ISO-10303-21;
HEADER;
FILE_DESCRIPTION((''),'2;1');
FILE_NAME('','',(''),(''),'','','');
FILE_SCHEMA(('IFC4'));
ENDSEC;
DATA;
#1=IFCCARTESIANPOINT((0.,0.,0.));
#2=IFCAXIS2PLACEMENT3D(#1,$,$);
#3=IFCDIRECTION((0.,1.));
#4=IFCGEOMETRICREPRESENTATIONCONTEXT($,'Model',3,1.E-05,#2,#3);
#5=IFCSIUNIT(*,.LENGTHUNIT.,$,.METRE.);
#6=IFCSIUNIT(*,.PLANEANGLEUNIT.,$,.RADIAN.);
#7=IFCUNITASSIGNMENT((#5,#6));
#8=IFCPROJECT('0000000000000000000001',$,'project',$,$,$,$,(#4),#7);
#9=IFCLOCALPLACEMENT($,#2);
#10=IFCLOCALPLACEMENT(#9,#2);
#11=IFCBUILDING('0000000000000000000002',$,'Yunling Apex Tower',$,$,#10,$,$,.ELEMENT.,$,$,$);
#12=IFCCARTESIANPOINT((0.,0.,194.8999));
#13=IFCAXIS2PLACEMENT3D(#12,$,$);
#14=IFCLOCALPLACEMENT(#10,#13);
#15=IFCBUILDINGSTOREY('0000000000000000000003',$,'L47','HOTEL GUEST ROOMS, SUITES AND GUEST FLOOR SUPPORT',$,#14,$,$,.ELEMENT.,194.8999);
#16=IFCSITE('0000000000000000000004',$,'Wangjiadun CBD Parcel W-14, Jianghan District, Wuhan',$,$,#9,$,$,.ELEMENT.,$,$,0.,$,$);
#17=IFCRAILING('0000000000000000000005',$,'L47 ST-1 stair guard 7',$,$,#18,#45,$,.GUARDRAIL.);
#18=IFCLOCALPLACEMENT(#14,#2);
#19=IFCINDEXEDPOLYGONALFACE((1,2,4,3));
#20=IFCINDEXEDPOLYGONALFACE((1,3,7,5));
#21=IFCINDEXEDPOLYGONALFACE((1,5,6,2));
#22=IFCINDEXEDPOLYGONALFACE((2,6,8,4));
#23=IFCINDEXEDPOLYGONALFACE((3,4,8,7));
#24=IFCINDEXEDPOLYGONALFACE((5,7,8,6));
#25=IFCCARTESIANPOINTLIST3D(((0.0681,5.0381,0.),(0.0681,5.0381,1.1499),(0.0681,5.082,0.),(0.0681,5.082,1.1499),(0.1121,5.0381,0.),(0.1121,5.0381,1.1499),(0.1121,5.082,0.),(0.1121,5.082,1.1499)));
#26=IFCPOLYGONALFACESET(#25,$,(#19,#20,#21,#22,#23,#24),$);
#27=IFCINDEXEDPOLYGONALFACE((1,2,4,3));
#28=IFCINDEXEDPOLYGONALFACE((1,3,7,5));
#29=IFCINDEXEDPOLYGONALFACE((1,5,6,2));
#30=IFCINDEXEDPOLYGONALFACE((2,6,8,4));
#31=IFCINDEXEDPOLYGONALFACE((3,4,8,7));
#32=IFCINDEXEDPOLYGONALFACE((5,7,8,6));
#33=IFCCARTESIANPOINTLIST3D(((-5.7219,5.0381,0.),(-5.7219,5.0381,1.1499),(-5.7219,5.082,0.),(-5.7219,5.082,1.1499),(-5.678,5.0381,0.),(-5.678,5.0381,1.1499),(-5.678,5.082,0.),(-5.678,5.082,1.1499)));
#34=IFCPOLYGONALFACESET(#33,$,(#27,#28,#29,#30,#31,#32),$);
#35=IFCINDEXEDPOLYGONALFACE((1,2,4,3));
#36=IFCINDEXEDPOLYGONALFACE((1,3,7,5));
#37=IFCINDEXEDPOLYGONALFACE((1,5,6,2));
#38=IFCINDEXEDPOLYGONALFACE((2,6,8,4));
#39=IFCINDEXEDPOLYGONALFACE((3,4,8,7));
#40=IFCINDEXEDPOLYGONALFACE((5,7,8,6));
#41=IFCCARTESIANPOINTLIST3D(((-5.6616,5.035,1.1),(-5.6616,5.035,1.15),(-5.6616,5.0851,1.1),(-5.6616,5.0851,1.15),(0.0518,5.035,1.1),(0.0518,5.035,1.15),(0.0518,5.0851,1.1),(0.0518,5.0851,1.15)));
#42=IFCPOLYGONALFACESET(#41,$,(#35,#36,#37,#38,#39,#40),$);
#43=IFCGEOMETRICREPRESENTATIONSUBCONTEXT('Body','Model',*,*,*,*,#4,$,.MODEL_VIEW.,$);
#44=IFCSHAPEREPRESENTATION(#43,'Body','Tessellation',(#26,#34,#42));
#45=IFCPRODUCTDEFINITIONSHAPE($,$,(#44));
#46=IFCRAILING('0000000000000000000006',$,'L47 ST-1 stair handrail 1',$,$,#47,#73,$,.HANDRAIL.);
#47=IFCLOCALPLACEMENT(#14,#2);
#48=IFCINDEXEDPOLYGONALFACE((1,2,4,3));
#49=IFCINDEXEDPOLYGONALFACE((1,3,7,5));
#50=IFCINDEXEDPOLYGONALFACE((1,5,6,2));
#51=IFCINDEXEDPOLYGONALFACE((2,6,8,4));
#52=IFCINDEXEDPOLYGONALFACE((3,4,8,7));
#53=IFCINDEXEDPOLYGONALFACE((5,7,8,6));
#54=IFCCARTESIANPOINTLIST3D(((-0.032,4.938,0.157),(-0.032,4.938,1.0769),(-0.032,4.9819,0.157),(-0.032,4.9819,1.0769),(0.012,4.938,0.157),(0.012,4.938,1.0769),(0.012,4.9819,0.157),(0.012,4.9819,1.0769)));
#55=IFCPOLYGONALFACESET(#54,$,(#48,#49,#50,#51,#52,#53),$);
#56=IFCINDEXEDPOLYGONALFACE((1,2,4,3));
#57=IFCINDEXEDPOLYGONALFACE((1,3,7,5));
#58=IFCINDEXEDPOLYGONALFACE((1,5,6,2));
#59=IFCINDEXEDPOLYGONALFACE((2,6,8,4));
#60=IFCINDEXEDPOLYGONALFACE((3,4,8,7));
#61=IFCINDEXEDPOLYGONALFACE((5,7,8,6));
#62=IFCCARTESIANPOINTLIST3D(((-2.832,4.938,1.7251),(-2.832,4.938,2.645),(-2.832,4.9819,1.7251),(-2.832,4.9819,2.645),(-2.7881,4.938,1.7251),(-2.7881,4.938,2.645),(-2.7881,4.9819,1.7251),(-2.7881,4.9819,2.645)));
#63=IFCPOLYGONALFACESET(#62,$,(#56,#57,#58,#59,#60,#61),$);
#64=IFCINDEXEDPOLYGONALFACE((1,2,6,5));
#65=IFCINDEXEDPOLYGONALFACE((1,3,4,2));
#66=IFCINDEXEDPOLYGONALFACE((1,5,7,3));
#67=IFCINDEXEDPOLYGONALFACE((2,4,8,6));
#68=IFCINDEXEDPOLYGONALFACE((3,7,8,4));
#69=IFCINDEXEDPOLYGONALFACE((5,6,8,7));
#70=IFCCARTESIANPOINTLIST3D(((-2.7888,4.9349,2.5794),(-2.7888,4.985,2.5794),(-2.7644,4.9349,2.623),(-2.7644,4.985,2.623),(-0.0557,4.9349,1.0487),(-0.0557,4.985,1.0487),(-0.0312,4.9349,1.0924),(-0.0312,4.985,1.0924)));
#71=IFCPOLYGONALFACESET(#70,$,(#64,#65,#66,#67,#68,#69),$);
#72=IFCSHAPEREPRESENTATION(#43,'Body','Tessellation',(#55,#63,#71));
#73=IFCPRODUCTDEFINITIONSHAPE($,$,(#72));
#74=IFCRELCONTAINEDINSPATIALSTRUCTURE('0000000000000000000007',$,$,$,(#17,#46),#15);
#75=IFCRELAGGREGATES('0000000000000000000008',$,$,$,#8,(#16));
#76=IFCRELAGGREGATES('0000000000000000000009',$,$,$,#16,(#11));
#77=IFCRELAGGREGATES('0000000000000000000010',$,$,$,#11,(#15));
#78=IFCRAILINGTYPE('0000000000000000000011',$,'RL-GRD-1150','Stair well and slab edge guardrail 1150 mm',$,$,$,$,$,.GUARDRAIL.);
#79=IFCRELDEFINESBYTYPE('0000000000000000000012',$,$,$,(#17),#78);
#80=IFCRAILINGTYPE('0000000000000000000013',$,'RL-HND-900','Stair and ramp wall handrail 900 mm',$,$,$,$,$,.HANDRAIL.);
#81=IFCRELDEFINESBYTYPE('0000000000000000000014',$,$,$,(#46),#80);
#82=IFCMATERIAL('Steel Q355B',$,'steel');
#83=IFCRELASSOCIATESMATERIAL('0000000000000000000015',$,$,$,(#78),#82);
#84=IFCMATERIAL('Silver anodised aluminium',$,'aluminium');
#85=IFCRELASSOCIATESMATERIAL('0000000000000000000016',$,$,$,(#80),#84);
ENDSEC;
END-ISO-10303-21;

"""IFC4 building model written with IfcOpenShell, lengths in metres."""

from ifc_helpers import new_model, si_unit, direction, frame, origin, origin_2d, place, context, subcontext, project, spatial, rectangle, extrude, material, type_object, element, save


model = new_model("IFC4")

# Units and contexts
model_context = context("Model", 3, precision=1e-05, world=origin(), true_north=direction((0.0, 1.0)))
body_context = subcontext(model_context, "Body", "Model", "MODEL_VIEW")
ifc_project = project(units=[si_unit("LENGTHUNIT", "METRE"), si_unit("PLANEANGLEUNIT", "RADIAN")], contexts=[model_context])

# Site, building, storey
site_placement = place(None, origin())
site = spatial("IfcSite", under=ifc_project, at=site_placement, Name="Wangjiadun CBD Parcel W-14, Jianghan District, Wuhan", CompositionType="ELEMENT", RefElevation=0.0)
building_placement = place(site_placement, origin())
building = spatial("IfcBuilding", under=site, at=building_placement, Name="Yunling Apex Tower", CompositionType="ELEMENT")
storey_placement = place(building_placement, frame((0.0, 0.0, 194.8999)))
storey = spatial("IfcBuildingStorey", under=building, at=storey_placement, Name="L47", Description="HOTEL GUEST ROOMS, SUITES AND GUEST FLOOR SUPPORT", CompositionType="ELEMENT", Elevation=194.8999)

# Shared definitions
ifc_material_1 = material(Name="Steel Q355B", Category="steel")

# Railings
railing_type_1 = type_object("IfcRailingType", Name="RL-GRD-1150", Description="Stair well and slab edge guardrail 1150 mm", PredefinedType="GUARDRAIL", material=ifc_material_1)
railing_1_placement = place(storey_placement, frame((0.0901, 5.0601, 0.0)))
element("IfcRailing", 1, at=railing_1_placement, inside=storey, type_object=railing_type_1, Name="L47 ST-1 stair guard 7", PredefinedType="GUARDRAIL", context=body_context, shape_type="SweptSolid", body=[
    extrude(rectangle(XDim=0.0439, YDim=0.0439, at=origin_2d()), origin(), (0.0, 0.0, 1.0), 1.1499),
    extrude(rectangle(XDim=0.0439, YDim=0.0439, at=origin_2d()), frame((-5.79, 0.0, 0.0)), (0.0, 0.0, 1.0), 1.1499),
    extrude(rectangle(XDim=0.05, YDim=0.05, at=origin_2d()), frame((-0.0383, 0.0, 1.125), z_axis=(-1.0, 0.0, 0.0), x_axis=(0.0, -1.0, 0.0)), (0.0, 0.0, 1.0), 5.7134),
])
ifc_material_2 = material(Name="Silver anodised aluminium", Category="aluminium")
railing_type_2 = type_object("IfcRailingType", Name="RL-HND-900", Description="Stair and ramp wall handrail 900 mm", PredefinedType="HANDRAIL", material=ifc_material_2)
railing_2_placement = place(storey_placement, frame((-0.01, 4.96, 0.157)))
element("IfcRailing", 2, at=railing_2_placement, inside=storey, type_object=railing_type_2, Name="L47 ST-1 stair handrail 1", PredefinedType="HANDRAIL", context=body_context, shape_type="SweptSolid", body=[
    extrude(rectangle(XDim=0.0439, YDim=0.0439, at=origin_2d()), origin(), (0.0, 0.0, 1.0), 0.9199),
    extrude(rectangle(XDim=0.0439, YDim=0.0439, at=origin_2d()), frame((-2.8, 0.0, 1.5681)), (0.0, 0.0, 1.0), 0.9199),
    extrude(rectangle(XDim=0.05, YDim=0.05, at=origin_2d()), frame((-0.0334, 0.0, 0.9136), z_axis=(-0.872494, 0.0, 0.488624), x_axis=(0.0, -1.0, 0.0)), (0.0, 0.0, 1.0), 3.1326),
])

save(model, "model.ifc")
